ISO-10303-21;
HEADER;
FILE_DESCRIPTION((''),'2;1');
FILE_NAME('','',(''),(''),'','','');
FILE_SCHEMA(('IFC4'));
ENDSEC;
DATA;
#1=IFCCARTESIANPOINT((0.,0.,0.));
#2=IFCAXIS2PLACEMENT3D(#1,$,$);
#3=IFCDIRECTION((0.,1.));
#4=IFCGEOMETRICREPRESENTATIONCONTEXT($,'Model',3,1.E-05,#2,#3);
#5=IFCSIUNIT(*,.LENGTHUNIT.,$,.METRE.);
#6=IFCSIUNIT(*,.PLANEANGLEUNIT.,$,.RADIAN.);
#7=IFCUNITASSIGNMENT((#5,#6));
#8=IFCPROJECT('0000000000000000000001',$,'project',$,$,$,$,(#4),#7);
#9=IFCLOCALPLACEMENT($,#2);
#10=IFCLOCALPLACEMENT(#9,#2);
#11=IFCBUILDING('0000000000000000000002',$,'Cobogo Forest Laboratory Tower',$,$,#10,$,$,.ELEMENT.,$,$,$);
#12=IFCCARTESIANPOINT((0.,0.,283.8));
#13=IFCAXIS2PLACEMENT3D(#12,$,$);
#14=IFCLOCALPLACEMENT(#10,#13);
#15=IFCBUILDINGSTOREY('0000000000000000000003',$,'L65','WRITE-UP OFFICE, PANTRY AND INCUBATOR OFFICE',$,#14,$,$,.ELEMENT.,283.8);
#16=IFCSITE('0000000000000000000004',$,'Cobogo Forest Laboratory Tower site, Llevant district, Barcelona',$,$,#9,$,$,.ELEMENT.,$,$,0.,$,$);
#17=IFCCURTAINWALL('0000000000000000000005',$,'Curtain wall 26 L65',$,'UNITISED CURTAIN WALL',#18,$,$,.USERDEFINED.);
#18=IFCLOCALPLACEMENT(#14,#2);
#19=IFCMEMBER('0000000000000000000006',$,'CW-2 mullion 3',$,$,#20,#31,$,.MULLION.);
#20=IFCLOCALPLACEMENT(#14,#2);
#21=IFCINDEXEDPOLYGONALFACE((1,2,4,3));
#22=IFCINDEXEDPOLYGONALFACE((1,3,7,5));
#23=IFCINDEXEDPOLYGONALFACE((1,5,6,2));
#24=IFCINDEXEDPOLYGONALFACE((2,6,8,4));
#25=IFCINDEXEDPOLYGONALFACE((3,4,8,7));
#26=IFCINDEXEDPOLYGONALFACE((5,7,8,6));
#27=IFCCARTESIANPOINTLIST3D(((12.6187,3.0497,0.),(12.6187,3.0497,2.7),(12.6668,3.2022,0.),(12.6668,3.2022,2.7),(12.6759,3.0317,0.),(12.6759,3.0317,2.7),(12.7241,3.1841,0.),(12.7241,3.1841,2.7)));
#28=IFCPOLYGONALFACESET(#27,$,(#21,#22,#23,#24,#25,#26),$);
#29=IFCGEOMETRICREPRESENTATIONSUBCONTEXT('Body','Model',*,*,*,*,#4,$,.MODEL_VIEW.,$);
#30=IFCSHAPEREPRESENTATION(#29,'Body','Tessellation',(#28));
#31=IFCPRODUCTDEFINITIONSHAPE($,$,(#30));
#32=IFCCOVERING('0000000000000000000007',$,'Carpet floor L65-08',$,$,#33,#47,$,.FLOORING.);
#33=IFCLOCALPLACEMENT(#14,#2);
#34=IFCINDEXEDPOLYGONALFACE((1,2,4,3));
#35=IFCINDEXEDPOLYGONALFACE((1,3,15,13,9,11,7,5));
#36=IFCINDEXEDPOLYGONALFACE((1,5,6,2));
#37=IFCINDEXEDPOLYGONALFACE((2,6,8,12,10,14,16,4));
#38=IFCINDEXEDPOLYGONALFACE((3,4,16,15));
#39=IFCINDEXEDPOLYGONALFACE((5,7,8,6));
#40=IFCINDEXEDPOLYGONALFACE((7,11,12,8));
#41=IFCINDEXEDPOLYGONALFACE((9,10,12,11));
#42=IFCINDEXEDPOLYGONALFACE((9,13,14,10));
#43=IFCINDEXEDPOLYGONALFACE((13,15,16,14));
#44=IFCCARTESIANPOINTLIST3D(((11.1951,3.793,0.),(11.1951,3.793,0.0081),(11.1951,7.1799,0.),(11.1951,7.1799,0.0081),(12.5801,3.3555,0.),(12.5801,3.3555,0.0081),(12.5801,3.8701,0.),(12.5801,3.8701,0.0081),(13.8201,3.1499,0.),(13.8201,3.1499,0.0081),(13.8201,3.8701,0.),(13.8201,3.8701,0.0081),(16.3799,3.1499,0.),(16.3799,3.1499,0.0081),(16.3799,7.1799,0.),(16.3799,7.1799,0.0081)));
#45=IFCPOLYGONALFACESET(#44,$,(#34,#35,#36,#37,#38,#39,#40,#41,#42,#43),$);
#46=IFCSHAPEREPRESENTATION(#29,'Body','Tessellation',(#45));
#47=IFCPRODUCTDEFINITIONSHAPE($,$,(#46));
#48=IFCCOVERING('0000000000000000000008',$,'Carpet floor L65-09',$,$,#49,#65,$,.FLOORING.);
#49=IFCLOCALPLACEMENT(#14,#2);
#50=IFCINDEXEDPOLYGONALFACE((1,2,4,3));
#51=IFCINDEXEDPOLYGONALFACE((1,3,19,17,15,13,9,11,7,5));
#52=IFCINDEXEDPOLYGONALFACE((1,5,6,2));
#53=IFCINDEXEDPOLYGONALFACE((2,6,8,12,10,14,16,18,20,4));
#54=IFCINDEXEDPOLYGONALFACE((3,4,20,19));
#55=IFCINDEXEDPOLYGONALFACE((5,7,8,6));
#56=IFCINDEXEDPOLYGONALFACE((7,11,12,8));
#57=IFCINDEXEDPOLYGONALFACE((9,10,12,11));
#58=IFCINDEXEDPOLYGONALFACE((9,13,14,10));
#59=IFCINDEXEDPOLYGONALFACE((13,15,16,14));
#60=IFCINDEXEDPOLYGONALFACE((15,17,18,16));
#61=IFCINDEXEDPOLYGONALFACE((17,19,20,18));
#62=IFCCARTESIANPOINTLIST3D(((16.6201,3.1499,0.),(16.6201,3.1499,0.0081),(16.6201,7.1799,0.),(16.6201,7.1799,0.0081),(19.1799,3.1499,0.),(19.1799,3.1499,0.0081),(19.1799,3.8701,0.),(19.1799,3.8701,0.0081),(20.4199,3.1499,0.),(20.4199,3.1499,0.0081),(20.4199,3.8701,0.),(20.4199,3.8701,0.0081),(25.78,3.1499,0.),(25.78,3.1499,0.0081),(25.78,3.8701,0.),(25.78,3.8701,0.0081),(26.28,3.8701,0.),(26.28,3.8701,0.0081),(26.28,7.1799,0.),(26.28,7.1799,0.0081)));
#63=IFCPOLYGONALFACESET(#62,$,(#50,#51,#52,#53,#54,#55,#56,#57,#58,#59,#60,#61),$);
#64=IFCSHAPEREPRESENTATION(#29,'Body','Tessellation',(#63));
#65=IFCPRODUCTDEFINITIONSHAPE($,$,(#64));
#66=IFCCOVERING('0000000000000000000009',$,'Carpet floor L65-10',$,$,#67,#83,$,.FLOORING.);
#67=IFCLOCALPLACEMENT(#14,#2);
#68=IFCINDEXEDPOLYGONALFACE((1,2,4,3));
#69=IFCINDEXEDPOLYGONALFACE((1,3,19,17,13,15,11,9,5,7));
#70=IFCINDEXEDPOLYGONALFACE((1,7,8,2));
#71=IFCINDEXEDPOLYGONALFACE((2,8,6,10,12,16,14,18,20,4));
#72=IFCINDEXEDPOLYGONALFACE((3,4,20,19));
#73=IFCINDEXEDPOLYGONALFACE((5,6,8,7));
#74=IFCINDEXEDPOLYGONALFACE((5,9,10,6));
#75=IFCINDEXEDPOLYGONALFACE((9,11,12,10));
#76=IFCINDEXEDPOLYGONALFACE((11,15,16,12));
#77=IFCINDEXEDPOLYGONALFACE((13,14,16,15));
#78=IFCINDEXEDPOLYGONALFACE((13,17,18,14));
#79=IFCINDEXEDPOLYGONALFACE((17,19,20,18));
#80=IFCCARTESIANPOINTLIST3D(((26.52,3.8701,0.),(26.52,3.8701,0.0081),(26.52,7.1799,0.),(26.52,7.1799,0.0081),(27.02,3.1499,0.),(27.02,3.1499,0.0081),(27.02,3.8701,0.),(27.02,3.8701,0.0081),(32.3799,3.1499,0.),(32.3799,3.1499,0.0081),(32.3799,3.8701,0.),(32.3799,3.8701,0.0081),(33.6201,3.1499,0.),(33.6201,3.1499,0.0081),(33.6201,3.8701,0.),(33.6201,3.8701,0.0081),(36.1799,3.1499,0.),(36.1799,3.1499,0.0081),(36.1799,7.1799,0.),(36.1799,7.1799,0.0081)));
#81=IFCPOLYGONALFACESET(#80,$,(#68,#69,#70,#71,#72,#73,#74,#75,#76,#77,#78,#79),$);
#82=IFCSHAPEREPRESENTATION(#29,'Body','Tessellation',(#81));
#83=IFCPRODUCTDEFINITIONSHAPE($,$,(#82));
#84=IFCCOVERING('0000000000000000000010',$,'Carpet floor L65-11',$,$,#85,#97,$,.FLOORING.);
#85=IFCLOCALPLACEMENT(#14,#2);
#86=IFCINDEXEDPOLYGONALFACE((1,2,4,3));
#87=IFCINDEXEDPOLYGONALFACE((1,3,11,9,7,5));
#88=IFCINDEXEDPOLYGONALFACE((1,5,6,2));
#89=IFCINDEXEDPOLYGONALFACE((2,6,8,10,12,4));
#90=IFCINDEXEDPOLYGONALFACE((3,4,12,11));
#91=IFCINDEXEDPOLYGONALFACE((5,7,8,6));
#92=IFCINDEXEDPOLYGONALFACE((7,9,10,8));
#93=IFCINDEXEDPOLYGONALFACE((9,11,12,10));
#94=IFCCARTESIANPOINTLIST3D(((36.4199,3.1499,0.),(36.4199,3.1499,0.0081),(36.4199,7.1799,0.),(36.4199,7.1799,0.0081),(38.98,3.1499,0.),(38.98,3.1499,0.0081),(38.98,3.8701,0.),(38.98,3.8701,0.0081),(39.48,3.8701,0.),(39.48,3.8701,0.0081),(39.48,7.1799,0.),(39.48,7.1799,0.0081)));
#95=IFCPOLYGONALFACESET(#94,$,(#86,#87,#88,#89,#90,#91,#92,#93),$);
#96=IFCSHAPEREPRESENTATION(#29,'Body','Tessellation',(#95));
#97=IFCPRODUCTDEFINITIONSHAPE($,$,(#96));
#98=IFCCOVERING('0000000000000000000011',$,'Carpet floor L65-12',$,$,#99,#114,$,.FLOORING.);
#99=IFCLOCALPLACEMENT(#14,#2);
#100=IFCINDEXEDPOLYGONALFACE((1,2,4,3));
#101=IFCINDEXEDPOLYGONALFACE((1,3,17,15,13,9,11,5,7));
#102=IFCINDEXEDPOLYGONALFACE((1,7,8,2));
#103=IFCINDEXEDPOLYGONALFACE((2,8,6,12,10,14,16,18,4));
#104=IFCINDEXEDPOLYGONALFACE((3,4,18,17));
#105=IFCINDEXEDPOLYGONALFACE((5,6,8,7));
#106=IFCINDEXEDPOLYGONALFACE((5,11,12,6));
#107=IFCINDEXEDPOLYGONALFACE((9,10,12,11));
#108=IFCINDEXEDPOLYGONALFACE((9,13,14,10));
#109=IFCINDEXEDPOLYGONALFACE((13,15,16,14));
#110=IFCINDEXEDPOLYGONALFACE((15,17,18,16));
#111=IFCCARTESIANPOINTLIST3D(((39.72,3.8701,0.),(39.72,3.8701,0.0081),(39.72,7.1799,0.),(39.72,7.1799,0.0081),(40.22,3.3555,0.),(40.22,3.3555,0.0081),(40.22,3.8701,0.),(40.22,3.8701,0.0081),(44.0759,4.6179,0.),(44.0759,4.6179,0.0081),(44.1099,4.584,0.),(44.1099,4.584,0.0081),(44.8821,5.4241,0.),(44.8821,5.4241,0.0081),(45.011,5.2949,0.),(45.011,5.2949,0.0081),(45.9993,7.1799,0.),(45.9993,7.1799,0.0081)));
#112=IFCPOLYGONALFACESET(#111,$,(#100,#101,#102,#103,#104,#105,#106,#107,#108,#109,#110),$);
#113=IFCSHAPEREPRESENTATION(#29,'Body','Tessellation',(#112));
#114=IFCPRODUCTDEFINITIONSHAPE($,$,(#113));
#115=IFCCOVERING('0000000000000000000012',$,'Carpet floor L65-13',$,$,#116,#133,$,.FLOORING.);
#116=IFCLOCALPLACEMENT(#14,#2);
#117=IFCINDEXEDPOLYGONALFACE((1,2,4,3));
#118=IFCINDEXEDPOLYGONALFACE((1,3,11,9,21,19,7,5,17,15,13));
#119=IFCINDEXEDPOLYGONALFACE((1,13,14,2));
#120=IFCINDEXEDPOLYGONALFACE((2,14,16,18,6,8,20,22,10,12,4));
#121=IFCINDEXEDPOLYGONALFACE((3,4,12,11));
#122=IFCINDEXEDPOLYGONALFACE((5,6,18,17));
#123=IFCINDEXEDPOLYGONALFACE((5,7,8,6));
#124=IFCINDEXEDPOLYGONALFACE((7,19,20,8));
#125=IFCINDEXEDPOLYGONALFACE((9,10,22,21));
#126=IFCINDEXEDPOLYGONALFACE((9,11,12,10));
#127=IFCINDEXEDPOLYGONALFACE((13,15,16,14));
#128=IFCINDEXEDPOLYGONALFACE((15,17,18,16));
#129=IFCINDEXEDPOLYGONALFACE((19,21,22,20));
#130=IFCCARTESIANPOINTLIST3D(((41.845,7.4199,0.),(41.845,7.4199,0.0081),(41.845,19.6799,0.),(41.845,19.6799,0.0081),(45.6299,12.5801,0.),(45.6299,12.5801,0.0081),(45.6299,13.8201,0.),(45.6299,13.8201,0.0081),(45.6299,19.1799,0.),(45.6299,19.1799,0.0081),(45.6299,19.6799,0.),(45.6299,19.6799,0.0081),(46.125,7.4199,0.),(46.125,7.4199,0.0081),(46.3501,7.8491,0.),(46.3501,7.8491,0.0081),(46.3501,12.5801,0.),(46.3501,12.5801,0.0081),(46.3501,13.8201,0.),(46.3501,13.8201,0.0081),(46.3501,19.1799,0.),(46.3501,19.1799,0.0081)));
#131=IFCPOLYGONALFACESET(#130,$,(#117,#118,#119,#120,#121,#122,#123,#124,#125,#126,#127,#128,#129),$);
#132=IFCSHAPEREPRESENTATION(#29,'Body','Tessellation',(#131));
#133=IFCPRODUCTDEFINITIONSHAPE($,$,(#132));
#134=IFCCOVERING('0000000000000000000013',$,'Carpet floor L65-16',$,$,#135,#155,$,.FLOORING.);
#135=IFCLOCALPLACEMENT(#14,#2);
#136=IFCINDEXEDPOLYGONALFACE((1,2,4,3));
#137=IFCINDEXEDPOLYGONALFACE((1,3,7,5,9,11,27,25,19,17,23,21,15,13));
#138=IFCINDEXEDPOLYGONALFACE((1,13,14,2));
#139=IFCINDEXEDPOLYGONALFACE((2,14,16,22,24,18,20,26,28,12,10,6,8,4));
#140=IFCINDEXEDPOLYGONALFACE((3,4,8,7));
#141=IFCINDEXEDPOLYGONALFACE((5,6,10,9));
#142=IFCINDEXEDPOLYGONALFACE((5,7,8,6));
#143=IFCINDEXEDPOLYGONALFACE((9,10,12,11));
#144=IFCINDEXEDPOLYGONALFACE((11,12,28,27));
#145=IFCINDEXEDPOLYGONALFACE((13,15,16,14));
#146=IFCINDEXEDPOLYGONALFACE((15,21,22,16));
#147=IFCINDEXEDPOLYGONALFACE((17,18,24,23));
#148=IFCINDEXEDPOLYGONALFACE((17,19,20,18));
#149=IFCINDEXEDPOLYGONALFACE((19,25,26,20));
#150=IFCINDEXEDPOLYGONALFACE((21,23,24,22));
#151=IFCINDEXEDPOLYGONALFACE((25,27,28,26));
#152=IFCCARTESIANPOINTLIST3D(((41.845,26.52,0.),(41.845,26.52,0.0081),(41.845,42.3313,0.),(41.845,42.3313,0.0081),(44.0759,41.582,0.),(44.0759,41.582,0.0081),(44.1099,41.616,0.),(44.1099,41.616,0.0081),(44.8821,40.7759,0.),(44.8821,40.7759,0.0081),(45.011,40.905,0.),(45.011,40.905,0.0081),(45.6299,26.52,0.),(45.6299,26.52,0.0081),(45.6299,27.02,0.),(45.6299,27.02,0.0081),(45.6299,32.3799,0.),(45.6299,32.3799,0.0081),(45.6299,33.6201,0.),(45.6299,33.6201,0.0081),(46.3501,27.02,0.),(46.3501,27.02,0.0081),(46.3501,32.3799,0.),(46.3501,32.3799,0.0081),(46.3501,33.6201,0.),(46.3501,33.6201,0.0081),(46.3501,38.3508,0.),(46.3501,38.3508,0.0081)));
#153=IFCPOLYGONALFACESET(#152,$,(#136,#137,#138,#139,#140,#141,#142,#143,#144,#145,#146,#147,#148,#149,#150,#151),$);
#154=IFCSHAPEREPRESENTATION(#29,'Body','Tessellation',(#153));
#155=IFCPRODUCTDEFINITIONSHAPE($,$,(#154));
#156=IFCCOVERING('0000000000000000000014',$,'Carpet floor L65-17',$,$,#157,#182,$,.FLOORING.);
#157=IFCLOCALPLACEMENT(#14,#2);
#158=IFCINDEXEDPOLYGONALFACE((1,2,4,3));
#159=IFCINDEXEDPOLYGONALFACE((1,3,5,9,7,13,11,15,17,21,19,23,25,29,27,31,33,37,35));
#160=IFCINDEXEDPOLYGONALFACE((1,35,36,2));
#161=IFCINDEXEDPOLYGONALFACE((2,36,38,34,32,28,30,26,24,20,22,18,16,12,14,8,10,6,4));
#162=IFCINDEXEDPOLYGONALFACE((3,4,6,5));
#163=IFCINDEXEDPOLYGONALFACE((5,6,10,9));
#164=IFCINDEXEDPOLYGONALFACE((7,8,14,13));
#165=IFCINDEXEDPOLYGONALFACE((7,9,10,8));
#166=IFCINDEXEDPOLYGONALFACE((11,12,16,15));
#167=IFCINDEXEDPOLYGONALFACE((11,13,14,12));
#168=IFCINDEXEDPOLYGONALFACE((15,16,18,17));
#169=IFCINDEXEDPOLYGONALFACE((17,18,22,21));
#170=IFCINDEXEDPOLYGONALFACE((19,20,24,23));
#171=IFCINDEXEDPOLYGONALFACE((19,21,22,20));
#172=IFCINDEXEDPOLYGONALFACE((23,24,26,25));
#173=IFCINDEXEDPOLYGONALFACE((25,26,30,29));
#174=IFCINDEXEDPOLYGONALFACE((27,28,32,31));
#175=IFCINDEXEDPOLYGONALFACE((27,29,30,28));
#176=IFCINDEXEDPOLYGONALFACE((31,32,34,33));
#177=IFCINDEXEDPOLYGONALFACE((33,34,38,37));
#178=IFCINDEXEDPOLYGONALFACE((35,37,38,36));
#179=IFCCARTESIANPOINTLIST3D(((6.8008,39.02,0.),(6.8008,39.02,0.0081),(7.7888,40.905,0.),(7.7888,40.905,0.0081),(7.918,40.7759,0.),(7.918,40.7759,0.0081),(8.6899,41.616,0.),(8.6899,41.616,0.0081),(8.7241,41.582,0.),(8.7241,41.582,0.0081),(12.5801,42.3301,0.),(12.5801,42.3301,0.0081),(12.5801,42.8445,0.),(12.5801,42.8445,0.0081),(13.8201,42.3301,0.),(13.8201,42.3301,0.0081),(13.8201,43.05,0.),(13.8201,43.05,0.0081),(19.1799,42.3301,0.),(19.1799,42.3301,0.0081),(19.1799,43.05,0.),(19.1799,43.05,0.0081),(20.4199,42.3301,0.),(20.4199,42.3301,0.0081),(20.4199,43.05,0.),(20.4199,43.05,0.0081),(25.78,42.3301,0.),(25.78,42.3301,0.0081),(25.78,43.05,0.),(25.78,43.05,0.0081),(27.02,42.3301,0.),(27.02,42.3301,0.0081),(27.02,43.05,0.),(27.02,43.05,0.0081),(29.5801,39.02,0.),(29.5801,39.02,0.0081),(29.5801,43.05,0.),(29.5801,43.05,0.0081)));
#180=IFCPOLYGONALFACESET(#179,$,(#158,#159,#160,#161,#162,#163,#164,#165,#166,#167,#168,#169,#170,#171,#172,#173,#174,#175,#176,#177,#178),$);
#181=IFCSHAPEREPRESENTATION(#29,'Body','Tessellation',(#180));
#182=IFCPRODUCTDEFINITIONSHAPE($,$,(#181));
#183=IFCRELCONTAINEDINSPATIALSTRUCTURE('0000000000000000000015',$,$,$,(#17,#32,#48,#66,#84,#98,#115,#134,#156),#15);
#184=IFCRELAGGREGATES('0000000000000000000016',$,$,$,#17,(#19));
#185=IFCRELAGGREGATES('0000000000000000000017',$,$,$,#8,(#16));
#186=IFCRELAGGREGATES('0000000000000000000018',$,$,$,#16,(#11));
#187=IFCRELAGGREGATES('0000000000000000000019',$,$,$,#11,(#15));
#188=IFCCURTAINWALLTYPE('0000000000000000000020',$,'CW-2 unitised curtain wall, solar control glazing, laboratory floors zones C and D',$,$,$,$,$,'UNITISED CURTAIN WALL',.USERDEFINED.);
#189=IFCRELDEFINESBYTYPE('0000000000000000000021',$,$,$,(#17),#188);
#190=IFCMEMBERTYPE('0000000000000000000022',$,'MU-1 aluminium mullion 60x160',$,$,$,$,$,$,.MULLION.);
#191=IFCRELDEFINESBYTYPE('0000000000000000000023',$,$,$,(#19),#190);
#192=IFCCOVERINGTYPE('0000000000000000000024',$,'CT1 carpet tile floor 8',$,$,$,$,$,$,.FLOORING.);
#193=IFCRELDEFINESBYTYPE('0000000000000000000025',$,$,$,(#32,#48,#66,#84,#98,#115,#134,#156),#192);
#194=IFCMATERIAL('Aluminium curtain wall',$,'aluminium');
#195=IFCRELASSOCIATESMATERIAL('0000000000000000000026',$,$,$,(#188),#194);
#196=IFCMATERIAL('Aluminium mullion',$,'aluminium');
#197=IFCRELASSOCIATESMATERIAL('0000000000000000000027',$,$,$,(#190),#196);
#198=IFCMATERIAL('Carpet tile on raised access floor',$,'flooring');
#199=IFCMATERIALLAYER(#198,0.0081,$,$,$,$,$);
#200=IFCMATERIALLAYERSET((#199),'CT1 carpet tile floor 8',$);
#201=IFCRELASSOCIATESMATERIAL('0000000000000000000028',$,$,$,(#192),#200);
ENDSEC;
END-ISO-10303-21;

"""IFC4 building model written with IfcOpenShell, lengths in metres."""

from ifc_helpers import new_model, si_unit, direction, frame, origin, origin_2d, place, context, subcontext, project, spatial, polyline, rectangle, outline, extrude, material, layer, layer_set, material_profile, profile_set, type_object, element, aggregate, save


model = new_model("IFC4")

# Units and contexts
model_context = context("Model", 3, precision=1e-05, world=origin(), true_north=direction((0.0, 1.0)))
body_context = subcontext(model_context, "Body", "Model", "MODEL_VIEW")
ifc_project = project(units=[si_unit("LENGTHUNIT", "METRE"), si_unit("PLANEANGLEUNIT", "RADIAN")], contexts=[model_context])

# Site, building, storey
site_placement = place(None, origin())
site = spatial("IfcSite", under=ifc_project, at=site_placement, Name="Cobogo Forest Laboratory Tower site, Llevant district, Barcelona", CompositionType="ELEMENT", RefElevation=0.0)
building_placement = place(site_placement, origin())
building = spatial("IfcBuilding", under=site, at=building_placement, Name="Cobogo Forest Laboratory Tower", CompositionType="ELEMENT")
storey_placement = place(building_placement, frame((0.0, 0.0, 283.8)))
storey = spatial("IfcBuildingStorey", under=building, at=storey_placement, Name="L65", Description="WRITE-UP OFFICE, PANTRY AND INCUBATOR OFFICE", CompositionType="ELEMENT", Elevation=283.8)

# Curtain wall, member
ifc_material_1 = material(Name="Aluminium curtain wall", Category="aluminium")
curtain_wall_type = type_object("IfcCurtainWallType", Name="CW-2 unitised curtain wall, solar control glazing, laboratory floors zones C and D", ElementType="UNITISED CURTAIN WALL", PredefinedType="USERDEFINED", material=ifc_material_1)
curtain_wall_placement = place(storey_placement, origin())
curtain_wall = element("IfcCurtainWall", 1, at=curtain_wall_placement, inside=storey, type_object=curtain_wall_type, Name="Curtain wall 26 L65", ObjectType="UNITISED CURTAIN WALL", PredefinedType="USERDEFINED")
ifc_material_2 = material(Name="Aluminium mullion", Category="aluminium")
ifc_material_profile = material_profile(ifc_material_2, rectangle(XDim=0.0601, YDim=0.1599, at=origin_2d()), Name="AL 60x160")
ifc_profile_set = profile_set([ifc_material_profile], Name="Aluminium mullion")
member_type = type_object("IfcMemberType", Name="MU-1 aluminium mullion 60x160", PredefinedType="MULLION", material=ifc_profile_set)
member_placement = place(storey_placement, frame((12.6714, 3.1169, 0.0), z_axis=(0.0, 0.0, 1.0), x_axis=(0.953581, -0.301135, 0.0)))
member = element("IfcMember", 2, at=member_placement, type_object=member_type, Name="CW-2 mullion 3", PredefinedType="MULLION", context=body_context, shape_type="SweptSolid", body=[
    extrude(rectangle(XDim=0.0601, YDim=0.1599, at=origin_2d()), origin(), (0.0, 0.0, 1.0), 2.7),
])
aggregate(curtain_wall, [member])

# Coverings
ifc_material_3 = material(Name="Carpet tile on raised access floor", Category="flooring")
ifc_layer_1 = layer(ifc_material_3, 0.0081)
ifc_layer_set_1 = layer_set([ifc_layer_1], Name="CT1 carpet tile floor 8")
covering_type_1 = type_object("IfcCoveringType", Name="CT1 carpet tile floor 8", PredefinedType="FLOORING", material=ifc_layer_set_1)
covering_1_placement = place(storey_placement, origin())
element("IfcCovering", 3, at=covering_1_placement, inside=storey, type_object=covering_type_1, Name="Carpet floor L65-08", PredefinedType="FLOORING", context=body_context, shape_type="SweptSolid", body=[
    extrude(outline(polyline([(16.3799, 7.1799), (16.3799, 3.1499), (13.8201, 3.1499), (13.8201, 3.8701), (12.5801, 3.8701), (12.5801, 3.3555), (11.1951, 3.793), (11.1951, 7.1799), (16.3799, 7.1799)])), origin(), (0.0, 0.0, 1.0), 0.0081),
])
covering_2_placement = place(storey_placement, origin())
element("IfcCovering", 4, at=covering_2_placement, inside=storey, type_object=covering_type_1, Name="Carpet floor L65-09", PredefinedType="FLOORING", context=body_context, shape_type="SweptSolid", body=[
    extrude(outline(polyline([(26.28, 7.1799), (26.28, 3.8701), (25.78, 3.8701), (25.78, 3.1499), (20.4199, 3.1499), (20.4199, 3.8701), (19.1799, 3.8701), (19.1799, 3.1499), (16.6201, 3.1499), (16.6201, 7.1799), (26.28, 7.1799)])), origin(), (0.0, 0.0, 1.0), 0.0081),
])
covering_3_placement = place(storey_placement, origin())
element("IfcCovering", 5, at=covering_3_placement, inside=storey, type_object=covering_type_1, Name="Carpet floor L65-10", PredefinedType="FLOORING", context=body_context, shape_type="SweptSolid", body=[
    extrude(outline(polyline([(36.1799, 7.1799), (36.1799, 3.1499), (33.6201, 3.1499), (33.6201, 3.8701), (32.3799, 3.8701), (32.3799, 3.1499), (27.02, 3.1499), (27.02, 3.8701), (26.52, 3.8701), (26.52, 7.1799), (36.1799, 7.1799)])), origin(), (0.0, 0.0, 1.0), 0.0081),
])
covering_4_placement = place(storey_placement, origin())
element("IfcCovering", 6, at=covering_4_placement, inside=storey, type_object=covering_type_1, Name="Carpet floor L65-11", PredefinedType="FLOORING", context=body_context, shape_type="SweptSolid", body=[
    extrude(outline(polyline([(39.48, 7.1799), (39.48, 3.8701), (38.98, 3.8701), (38.98, 3.1499), (36.4199, 3.1499), (36.4199, 7.1799), (39.48, 7.1799)])), origin(), (0.0, 0.0, 1.0), 0.0081),
])
covering_5_placement = place(storey_placement, origin())
element("IfcCovering", 7, at=covering_5_placement, inside=storey, type_object=covering_type_1, Name="Carpet floor L65-12", PredefinedType="FLOORING", context=body_context, shape_type="SweptSolid", body=[
    extrude(outline(polyline([(44.1099, 4.584), (40.22, 3.3555), (40.22, 3.8701), (39.72, 3.8701), (39.72, 7.1799), (45.9993, 7.1799), (45.011, 5.2949), (44.8821, 5.4241), (44.0759, 4.6179), (44.1099, 4.584)])), origin(), (0.0, 0.0, 1.0), 0.0081),
])
covering_6_placement = place(storey_placement, origin())
element("IfcCovering", 8, at=covering_6_placement, inside=storey, type_object=covering_type_1, Name="Carpet floor L65-13", PredefinedType="FLOORING", context=body_context, shape_type="SweptSolid", body=[
    extrude(outline(polyline([(41.845, 19.6799), (45.6299, 19.6799), (45.6299, 19.1799), (46.3501, 19.1799), (46.3501, 13.8201), (45.6299, 13.8201), (45.6299, 12.5801), (46.3501, 12.5801), (46.3501, 7.8491), (46.125, 7.4199), (41.845, 7.4199), (41.845, 19.6799)])), origin(), (0.0, 0.0, 1.0), 0.0081),
])
covering_7_placement = place(storey_placement, origin())
element("IfcCovering", 9, at=covering_7_placement, inside=storey, type_object=covering_type_1, Name="Carpet floor L65-16", PredefinedType="FLOORING", context=body_context, shape_type="SweptSolid", body=[
    extrude(outline(polyline([(41.845, 42.3313), (44.1099, 41.616), (44.0759, 41.582), (44.8821, 40.7759), (45.011, 40.905), (46.3501, 38.3508), (46.3501, 33.6201), (45.6299, 33.6201), (45.6299, 32.3799), (46.3501, 32.3799), (46.3501, 27.02), (45.6299, 27.02), (45.6299, 26.52), (41.845, 26.52), (41.845, 42.3313)])), origin(), (0.0, 0.0, 1.0), 0.0081),
])
covering_8_placement = place(storey_placement, origin())
element("IfcCovering", 10, at=covering_8_placement, inside=storey, type_object=covering_type_1, Name="Carpet floor L65-17", PredefinedType="FLOORING", context=body_context, shape_type="SweptSolid", body=[
    extrude(outline(polyline([(6.8008, 39.02), (7.7888, 40.905), (7.918, 40.7759), (8.7241, 41.582), (8.6899, 41.616), (12.5801, 42.8445), (12.5801, 42.3301), (13.8201, 42.3301), (13.8201, 43.05), (19.1799, 43.05), (19.1799, 42.3301), (20.4199, 42.3301), (20.4199, 43.05), (25.78, 43.05), (25.78, 42.3301), (27.02, 42.3301), (27.02, 43.05), (29.5801, 43.05), (29.5801, 39.02), (6.8008, 39.02)])), origin(), (0.0, 0.0, 1.0), 0.0081),
])

save(model, "model.ifc")
